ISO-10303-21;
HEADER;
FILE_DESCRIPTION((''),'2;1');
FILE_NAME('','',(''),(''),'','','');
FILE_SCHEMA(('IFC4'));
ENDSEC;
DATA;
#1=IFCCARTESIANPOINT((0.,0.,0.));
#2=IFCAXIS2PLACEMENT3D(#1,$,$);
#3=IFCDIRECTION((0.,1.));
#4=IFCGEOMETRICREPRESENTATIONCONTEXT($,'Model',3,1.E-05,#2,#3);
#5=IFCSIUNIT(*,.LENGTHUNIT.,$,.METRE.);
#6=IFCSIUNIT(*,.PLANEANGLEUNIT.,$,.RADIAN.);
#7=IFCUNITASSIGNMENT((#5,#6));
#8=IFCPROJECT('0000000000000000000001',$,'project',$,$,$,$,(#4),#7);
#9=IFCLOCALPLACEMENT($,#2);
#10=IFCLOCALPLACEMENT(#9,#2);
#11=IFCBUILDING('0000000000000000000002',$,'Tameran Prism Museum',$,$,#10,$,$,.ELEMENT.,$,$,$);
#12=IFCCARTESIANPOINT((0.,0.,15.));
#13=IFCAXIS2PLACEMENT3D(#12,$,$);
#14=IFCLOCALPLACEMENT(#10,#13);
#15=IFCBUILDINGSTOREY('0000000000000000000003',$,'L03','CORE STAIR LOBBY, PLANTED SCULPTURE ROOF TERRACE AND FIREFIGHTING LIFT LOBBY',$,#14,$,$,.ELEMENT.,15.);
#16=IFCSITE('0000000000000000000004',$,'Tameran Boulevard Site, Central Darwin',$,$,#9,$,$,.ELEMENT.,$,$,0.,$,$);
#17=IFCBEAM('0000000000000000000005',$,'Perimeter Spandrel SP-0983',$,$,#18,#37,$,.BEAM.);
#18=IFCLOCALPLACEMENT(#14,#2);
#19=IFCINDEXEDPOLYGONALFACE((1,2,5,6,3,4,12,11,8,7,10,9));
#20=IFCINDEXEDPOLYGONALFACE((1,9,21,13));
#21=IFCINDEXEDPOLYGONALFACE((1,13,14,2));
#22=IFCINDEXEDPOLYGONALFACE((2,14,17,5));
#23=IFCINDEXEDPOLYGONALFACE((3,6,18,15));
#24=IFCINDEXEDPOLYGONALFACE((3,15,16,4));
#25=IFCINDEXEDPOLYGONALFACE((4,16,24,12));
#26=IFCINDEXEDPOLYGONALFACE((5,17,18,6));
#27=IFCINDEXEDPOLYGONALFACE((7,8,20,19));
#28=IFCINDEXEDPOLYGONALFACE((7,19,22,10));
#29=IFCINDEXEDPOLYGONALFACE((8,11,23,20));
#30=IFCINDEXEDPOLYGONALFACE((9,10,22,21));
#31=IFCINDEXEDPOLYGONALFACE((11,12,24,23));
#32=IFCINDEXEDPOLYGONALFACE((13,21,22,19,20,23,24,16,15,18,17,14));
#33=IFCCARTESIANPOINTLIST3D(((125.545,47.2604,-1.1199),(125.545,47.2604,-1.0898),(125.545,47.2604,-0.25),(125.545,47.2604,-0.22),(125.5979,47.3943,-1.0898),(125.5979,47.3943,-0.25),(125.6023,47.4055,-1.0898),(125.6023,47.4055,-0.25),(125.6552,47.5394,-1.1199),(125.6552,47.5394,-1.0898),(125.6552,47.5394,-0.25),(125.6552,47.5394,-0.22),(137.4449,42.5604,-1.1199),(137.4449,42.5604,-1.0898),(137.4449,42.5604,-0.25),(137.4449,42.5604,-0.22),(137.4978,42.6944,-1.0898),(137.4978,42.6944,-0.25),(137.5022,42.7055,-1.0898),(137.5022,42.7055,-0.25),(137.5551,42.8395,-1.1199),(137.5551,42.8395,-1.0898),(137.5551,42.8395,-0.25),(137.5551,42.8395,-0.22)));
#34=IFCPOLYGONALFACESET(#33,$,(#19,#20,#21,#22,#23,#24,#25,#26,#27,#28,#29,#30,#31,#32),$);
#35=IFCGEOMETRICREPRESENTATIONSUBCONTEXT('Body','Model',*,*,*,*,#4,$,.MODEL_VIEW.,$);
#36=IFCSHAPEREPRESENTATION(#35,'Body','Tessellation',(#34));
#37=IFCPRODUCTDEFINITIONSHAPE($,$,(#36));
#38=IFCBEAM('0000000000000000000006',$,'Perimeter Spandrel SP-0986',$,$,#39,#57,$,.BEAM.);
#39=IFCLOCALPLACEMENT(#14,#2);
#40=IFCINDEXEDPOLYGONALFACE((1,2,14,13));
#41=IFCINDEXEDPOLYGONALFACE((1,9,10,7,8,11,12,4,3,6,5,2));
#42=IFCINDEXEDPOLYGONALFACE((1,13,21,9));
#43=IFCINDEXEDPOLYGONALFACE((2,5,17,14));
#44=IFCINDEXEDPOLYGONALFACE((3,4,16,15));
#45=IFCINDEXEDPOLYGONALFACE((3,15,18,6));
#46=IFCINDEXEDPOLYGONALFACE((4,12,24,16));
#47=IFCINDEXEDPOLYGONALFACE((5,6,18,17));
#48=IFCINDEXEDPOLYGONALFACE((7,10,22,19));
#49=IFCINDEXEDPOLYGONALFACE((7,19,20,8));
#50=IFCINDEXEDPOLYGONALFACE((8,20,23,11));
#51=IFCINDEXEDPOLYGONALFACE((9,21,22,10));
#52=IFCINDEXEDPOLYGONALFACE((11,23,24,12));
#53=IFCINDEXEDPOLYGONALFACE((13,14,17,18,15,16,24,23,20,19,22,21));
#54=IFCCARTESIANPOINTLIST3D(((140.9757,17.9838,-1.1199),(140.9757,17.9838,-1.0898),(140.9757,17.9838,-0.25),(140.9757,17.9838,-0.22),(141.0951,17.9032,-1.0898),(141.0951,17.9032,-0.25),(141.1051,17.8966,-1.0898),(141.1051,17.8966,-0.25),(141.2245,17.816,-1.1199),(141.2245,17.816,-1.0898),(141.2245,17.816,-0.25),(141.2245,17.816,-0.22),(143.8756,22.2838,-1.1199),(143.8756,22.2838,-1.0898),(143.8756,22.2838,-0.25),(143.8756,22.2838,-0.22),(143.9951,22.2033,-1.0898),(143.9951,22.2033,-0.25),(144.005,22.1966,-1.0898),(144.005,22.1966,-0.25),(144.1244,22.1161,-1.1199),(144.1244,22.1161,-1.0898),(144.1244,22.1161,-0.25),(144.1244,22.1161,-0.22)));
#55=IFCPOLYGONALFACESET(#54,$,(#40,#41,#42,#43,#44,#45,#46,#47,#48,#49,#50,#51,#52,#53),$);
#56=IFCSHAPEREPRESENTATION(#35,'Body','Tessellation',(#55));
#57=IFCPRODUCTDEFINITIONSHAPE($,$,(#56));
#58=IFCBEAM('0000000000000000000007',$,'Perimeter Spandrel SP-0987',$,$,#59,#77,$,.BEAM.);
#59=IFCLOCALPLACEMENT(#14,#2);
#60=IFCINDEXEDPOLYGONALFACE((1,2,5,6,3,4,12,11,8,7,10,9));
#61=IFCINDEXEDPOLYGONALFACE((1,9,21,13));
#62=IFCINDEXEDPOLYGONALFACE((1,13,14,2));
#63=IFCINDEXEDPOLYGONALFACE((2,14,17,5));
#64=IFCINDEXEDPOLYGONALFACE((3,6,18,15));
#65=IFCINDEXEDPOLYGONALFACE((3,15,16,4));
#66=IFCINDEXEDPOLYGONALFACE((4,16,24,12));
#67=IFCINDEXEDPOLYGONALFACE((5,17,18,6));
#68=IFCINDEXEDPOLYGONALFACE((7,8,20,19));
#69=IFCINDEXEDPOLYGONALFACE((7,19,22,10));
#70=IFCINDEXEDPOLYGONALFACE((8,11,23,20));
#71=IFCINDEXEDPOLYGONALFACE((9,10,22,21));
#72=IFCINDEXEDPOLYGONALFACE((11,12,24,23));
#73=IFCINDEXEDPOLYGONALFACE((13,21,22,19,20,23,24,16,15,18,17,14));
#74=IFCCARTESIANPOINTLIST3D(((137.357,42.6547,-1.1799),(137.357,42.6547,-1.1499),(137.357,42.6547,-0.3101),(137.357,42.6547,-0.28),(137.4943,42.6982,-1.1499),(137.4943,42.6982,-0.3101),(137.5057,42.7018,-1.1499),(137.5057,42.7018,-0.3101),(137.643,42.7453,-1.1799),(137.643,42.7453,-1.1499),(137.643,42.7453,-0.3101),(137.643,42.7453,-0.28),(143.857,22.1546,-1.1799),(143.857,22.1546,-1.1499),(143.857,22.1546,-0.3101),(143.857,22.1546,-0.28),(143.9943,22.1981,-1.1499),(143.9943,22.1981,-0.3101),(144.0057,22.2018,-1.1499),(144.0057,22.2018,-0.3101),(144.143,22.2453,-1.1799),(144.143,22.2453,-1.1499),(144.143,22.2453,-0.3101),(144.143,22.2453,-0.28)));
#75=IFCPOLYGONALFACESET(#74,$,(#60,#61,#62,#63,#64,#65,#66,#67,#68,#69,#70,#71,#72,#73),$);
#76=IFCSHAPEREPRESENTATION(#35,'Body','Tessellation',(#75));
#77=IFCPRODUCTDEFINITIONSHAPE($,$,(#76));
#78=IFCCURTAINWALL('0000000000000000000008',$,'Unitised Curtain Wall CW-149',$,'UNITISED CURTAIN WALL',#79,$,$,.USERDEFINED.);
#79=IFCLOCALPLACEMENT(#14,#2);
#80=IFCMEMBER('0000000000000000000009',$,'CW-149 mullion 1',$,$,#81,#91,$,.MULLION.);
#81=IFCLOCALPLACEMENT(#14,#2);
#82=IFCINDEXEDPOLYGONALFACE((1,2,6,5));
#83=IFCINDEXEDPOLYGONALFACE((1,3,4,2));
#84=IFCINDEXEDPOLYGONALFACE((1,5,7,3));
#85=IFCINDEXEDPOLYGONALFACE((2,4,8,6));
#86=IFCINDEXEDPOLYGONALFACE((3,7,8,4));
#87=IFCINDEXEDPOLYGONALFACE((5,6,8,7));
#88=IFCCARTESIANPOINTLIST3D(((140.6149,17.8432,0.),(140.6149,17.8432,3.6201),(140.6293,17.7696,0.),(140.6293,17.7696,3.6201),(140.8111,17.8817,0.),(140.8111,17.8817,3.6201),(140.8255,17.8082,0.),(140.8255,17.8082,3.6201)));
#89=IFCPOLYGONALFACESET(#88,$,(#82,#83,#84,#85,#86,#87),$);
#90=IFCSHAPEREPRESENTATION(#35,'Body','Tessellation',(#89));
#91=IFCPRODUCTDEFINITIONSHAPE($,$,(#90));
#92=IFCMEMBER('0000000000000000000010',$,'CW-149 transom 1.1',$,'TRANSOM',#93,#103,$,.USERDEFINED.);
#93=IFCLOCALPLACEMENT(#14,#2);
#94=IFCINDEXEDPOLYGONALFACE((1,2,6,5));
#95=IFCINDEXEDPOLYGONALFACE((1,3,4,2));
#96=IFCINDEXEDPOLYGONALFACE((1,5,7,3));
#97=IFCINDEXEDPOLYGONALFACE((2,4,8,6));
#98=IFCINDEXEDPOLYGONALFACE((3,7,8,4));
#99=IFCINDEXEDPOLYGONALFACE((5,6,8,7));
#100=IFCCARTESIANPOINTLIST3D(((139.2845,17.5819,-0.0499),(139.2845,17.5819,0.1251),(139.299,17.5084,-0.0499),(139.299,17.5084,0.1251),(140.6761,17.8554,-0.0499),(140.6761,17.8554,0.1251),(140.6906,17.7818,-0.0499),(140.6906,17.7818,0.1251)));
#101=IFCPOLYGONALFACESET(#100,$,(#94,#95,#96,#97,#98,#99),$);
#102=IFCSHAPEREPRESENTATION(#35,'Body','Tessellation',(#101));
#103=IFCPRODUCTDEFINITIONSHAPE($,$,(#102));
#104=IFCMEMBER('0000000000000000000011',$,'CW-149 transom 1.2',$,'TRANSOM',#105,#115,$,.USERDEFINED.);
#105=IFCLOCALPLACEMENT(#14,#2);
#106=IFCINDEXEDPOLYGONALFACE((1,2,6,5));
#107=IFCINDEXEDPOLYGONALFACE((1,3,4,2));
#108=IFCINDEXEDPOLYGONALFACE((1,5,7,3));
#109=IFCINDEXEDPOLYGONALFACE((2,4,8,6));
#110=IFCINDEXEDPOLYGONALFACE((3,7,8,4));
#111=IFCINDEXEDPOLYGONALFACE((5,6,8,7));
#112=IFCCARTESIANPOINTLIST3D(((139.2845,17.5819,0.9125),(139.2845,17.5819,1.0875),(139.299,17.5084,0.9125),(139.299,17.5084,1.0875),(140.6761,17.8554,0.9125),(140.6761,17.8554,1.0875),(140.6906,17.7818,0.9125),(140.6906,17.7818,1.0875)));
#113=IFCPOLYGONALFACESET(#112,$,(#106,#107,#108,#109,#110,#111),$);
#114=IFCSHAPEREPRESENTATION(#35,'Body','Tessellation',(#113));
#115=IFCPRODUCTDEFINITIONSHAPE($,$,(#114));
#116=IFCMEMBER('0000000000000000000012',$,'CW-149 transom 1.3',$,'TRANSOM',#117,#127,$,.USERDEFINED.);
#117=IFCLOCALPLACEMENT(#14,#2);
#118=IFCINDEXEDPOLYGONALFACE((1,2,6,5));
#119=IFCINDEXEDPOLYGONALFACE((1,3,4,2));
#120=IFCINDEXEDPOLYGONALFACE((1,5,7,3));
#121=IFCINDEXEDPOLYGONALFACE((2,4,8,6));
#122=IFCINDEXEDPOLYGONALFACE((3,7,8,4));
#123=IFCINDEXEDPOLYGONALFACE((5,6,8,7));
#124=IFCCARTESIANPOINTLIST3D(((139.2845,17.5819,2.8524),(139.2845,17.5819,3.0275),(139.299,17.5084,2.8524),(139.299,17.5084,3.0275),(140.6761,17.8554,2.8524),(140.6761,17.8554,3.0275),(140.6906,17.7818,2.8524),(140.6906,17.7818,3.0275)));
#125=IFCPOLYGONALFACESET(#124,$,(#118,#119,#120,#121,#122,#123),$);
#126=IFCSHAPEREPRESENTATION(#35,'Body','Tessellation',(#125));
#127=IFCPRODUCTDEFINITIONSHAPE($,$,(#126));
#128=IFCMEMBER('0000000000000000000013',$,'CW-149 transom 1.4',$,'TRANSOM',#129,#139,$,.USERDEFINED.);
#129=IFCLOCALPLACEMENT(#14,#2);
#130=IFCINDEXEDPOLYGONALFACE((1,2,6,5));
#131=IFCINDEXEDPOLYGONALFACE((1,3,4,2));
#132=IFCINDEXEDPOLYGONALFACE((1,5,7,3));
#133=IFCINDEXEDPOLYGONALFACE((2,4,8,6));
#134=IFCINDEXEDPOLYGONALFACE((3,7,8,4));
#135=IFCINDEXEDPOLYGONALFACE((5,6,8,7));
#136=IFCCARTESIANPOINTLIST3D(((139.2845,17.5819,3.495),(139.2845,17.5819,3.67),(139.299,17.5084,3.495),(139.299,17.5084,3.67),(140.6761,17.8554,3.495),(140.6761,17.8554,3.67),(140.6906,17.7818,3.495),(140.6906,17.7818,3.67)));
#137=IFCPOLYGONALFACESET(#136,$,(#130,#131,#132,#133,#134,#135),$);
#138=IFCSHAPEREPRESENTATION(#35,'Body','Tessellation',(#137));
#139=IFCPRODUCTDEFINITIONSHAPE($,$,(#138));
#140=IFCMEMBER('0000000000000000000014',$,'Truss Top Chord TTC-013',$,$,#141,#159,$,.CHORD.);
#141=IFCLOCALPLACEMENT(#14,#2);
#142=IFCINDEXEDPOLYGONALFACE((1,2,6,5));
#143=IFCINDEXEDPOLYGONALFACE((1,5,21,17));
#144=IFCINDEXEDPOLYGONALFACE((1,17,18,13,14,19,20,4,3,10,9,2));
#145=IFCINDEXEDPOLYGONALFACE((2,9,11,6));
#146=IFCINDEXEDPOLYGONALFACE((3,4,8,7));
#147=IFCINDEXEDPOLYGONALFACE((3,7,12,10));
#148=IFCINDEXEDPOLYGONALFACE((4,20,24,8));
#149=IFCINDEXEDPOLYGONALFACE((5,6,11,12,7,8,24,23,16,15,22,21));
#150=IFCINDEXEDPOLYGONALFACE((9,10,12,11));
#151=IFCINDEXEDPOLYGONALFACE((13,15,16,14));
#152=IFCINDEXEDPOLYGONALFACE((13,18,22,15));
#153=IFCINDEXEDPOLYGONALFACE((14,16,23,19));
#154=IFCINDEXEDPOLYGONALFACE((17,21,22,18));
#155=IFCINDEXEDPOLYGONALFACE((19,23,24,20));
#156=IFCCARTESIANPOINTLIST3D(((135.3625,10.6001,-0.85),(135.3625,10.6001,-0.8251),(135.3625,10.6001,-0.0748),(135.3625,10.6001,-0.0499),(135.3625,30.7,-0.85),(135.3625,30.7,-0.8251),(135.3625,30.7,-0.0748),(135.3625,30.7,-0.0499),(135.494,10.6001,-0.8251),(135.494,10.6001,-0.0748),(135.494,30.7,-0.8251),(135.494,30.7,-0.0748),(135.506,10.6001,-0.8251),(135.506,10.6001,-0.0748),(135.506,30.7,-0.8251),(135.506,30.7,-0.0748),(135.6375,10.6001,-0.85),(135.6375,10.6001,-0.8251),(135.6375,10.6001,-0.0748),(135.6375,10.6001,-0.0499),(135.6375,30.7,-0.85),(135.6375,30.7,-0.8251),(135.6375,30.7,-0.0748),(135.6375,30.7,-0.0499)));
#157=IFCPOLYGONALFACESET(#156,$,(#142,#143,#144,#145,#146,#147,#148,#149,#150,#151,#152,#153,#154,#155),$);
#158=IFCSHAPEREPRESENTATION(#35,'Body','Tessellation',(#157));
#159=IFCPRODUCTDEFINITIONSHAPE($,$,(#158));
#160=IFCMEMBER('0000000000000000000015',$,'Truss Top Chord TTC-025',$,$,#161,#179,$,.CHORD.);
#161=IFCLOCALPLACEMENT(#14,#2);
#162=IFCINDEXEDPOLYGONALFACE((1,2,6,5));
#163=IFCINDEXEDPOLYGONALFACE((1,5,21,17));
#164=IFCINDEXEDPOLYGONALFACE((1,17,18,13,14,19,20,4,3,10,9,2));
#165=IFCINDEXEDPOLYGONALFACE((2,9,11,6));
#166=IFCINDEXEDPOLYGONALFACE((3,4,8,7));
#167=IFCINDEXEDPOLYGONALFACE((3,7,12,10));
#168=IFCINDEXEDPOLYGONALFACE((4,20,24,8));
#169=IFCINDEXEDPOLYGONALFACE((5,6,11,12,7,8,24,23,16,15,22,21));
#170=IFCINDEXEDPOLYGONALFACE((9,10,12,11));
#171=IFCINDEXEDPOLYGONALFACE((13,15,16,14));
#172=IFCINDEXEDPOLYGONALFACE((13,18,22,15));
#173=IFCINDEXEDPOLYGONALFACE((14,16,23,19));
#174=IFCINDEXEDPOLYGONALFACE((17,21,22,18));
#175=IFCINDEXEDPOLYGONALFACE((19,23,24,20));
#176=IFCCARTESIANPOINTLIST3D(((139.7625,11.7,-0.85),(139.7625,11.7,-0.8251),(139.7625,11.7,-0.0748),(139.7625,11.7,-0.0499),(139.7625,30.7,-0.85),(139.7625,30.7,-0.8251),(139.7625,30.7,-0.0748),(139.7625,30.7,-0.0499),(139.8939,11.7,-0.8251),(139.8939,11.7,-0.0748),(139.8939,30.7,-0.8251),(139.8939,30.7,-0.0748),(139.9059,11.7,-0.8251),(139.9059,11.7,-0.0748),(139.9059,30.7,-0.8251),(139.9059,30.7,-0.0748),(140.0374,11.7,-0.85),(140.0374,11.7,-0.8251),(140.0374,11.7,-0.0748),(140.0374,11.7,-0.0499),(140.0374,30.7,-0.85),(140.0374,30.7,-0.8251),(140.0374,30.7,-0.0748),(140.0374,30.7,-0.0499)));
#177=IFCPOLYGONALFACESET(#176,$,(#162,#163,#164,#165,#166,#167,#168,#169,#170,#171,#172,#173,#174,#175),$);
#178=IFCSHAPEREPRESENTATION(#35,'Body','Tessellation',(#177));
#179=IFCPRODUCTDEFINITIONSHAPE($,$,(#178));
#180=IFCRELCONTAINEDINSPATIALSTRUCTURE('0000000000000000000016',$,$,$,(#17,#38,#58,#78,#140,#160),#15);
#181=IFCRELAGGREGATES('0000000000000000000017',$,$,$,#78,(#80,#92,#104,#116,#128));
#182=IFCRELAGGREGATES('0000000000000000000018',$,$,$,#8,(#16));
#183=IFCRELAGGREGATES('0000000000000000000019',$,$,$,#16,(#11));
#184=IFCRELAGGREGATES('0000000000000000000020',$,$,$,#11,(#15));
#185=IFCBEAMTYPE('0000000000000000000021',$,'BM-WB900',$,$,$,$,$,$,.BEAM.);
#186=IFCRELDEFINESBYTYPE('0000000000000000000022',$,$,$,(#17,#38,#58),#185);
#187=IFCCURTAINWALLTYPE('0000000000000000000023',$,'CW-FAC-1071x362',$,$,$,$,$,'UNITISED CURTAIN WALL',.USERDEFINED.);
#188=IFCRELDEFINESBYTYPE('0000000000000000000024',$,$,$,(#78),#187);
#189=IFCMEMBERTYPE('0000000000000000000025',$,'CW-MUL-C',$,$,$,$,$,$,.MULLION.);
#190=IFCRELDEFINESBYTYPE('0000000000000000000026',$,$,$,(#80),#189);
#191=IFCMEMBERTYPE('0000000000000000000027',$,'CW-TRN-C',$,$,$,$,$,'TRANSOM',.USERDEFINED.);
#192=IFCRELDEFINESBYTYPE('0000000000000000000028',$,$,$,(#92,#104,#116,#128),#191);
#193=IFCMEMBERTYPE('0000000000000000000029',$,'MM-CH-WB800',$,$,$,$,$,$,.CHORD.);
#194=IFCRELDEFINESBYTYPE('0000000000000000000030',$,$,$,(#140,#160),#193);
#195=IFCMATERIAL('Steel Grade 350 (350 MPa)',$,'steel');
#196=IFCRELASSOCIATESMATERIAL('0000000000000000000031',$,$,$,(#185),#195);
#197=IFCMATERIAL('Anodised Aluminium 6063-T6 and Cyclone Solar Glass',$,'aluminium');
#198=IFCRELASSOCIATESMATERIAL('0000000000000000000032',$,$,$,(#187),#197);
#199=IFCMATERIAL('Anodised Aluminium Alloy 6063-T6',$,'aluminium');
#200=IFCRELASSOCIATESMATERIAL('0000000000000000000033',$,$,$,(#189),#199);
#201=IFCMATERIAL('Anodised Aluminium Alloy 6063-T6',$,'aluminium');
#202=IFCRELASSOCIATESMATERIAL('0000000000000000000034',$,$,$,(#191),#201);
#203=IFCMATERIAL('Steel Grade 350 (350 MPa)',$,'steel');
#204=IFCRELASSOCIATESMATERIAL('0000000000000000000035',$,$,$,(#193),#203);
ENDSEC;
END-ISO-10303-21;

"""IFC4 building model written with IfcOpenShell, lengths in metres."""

from ifc_helpers import new_model, si_unit, direction, frame, origin, origin_2d, place, context, subcontext, project, spatial, rectangle, i_section, extrude, material, material_profile, profile_set, type_object, element, aggregate, save


model = new_model("IFC4")

# Units and contexts
model_context = context("Model", 3, precision=1e-05, world=origin(), true_north=direction((0.0, 1.0)))
body_context = subcontext(model_context, "Body", "Model", "MODEL_VIEW")
ifc_project = project(units=[si_unit("LENGTHUNIT", "METRE"), si_unit("PLANEANGLEUNIT", "RADIAN")], contexts=[model_context])

# Site, building, storey
site_placement = place(None, origin())
site = spatial("IfcSite", under=ifc_project, at=site_placement, Name="Tameran Boulevard Site, Central Darwin", CompositionType="ELEMENT", RefElevation=0.0)
building_placement = place(site_placement, origin())
building = spatial("IfcBuilding", under=site, at=building_placement, Name="Tameran Prism Museum", CompositionType="ELEMENT")
storey_placement = place(building_placement, frame((0.0, 0.0, 15.0)))
storey = spatial("IfcBuildingStorey", under=building, at=storey_placement, Name="L03", Description="CORE STAIR LOBBY, PLANTED SCULPTURE ROOF TERRACE AND FIREFIGHTING LIFT LOBBY", CompositionType="ELEMENT", Elevation=15.0)

# Beams
ifc_material_1 = material(Name="Steel Grade 350 (350 MPa)", Category="steel")
ifc_material_profile_1 = material_profile(ifc_material_1, i_section(OverallWidth=0.3, OverallDepth=0.8999, WebThickness=0.012, FlangeThickness=0.03, at=origin_2d()))
ifc_profile_set_1 = profile_set([ifc_material_profile_1])
beam_type_1 = type_object("IfcBeamType", Name="BM-WB900", PredefinedType="BEAM", material=ifc_profile_set_1)
beam_1_placement = place(storey_placement, frame((137.5, 42.7, -0.6699), z_axis=(-0.930085, 0.367344, 0.0), x_axis=(-0.367344, -0.930085, 0.0)))
element("IfcBeam", 1, at=beam_1_placement, inside=storey, type_object=beam_type_1, Name="Perimeter Spandrel SP-0983", PredefinedType="BEAM", context=body_context, shape_type="SweptSolid", body=[
    extrude(i_section(OverallWidth=0.3, OverallDepth=0.8999, WebThickness=0.012, FlangeThickness=0.03, at=origin_2d()), origin(), (0.0, 0.0, 1.0), 12.7944),
])
beam_2_placement = place(storey_placement, frame((141.1001, 17.8999, -0.6699), z_axis=(0.559124, 0.829084, 0.0), x_axis=(-0.829084, 0.559124, 0.0)))
element("IfcBeam", 2, at=beam_2_placement, inside=storey, type_object=beam_type_1, Name="Perimeter Spandrel SP-0986", PredefinedType="BEAM", context=body_context, shape_type="SweptSolid", body=[
    extrude(i_section(OverallWidth=0.3, OverallDepth=0.8999, WebThickness=0.012, FlangeThickness=0.03, at=origin_2d()), origin(), (0.0, 0.0, 1.0), 5.1865),
])
beam_3_placement = place(storey_placement, frame((144.0, 22.2, -0.73), z_axis=(-0.302244, 0.953231, 0.0), x_axis=(-0.953231, -0.302244, 0.0)))
element("IfcBeam", 3, at=beam_3_placement, inside=storey, type_object=beam_type_1, Name="Perimeter Spandrel SP-0987", PredefinedType="BEAM", context=body_context, shape_type="SweptSolid", body=[
    extrude(i_section(OverallWidth=0.3, OverallDepth=0.8999, WebThickness=0.012, FlangeThickness=0.03, at=origin_2d()), origin(), (0.0, 0.0, 1.0), 21.5059),
])

# Curtain wall, members
ifc_material_2 = material(Name="Anodised Aluminium 6063-T6 and Cyclone Solar Glass", Category="aluminium")
curtain_wall_type = type_object("IfcCurtainWallType", Name="CW-FAC-1071x362", ElementType="UNITISED CURTAIN WALL", PredefinedType="USERDEFINED", material=ifc_material_2)
curtain_wall_placement = place(storey_placement, origin())
curtain_wall = element("IfcCurtainWall", 4, at=curtain_wall_placement, inside=storey, type_object=curtain_wall_type, Name="Unitised Curtain Wall CW-149", ObjectType="UNITISED CURTAIN WALL", PredefinedType="USERDEFINED")
ifc_material_3 = material(Name="Anodised Aluminium Alloy 6063-T6", Category="aluminium")
ifc_material_profile_2 = material_profile(ifc_material_3, rectangle(XDim=0.075, YDim=0.2, at=origin_2d()))
ifc_profile_set_2 = profile_set([ifc_material_profile_2])
member_type_1 = type_object("IfcMemberType", Name="CW-MUL-C", PredefinedType="MULLION", material=ifc_profile_set_2)
member_1_placement = place(storey_placement, frame((140.7202, 17.8257, 0.0), z_axis=(0.0, 0.0, 1.0), x_axis=(0.192813, -0.981236, 0.0)))
member_1 = element("IfcMember", 5, at=member_1_placement, type_object=member_type_1, Name="CW-149 mullion 1", PredefinedType="MULLION", context=body_context, shape_type="SweptSolid", body=[
    extrude(rectangle(XDim=0.075, YDim=0.2, at=origin_2d()), origin(), (0.0, 0.0, 1.0), 3.6201),
])
ifc_material_4 = material(Name="Anodised Aluminium Alloy 6063-T6", Category="aluminium")
ifc_material_profile_3 = material_profile(ifc_material_4, rectangle(XDim=0.075, YDim=0.175, at=origin_2d()))
ifc_profile_set_3 = profile_set([ifc_material_profile_3])
member_type_2 = type_object("IfcMemberType", Name="CW-TRN-C", ElementType="TRANSOM", PredefinedType="USERDEFINED", material=ifc_profile_set_3)
member_2_placement = place(storey_placement, frame((140.6833, 17.8186, 0.0376), z_axis=(-0.981237, -0.192805, 0.0), x_axis=(0.192805, -0.981237, 0.0)))
member_2 = element("IfcMember", 6, at=member_2_placement, type_object=member_type_2, Name="CW-149 transom 1.1", ObjectType="TRANSOM", PredefinedType="USERDEFINED", context=body_context, shape_type="SweptSolid", body=[
    extrude(rectangle(XDim=0.075, YDim=0.175, at=origin_2d()), origin(), (0.0, 0.0, 1.0), 1.4182),
])
member_3_placement = place(storey_placement, frame((140.6833, 17.8186, 1.0), z_axis=(-0.981237, -0.192805, 0.0), x_axis=(0.192805, -0.981237, 0.0)))
member_3 = element("IfcMember", 7, at=member_3_placement, type_object=member_type_2, Name="CW-149 transom 1.2", ObjectType="TRANSOM", PredefinedType="USERDEFINED", context=body_context, shape_type="SweptSolid", body=[
    extrude(rectangle(XDim=0.075, YDim=0.175, at=origin_2d()), origin(), (0.0, 0.0, 1.0), 1.4182),
])
member_4_placement = place(storey_placement, frame((140.6833, 17.8186, 2.9399), z_axis=(-0.981237, -0.192805, 0.0), x_axis=(0.192805, -0.981237, 0.0)))
member_4 = element("IfcMember", 8, at=member_4_placement, type_object=member_type_2, Name="CW-149 transom 1.3", ObjectType="TRANSOM", PredefinedType="USERDEFINED", context=body_context, shape_type="SweptSolid", body=[
    extrude(rectangle(XDim=0.075, YDim=0.175, at=origin_2d()), origin(), (0.0, 0.0, 1.0), 1.4182),
])
member_5_placement = place(storey_placement, frame((140.6833, 17.8186, 3.5825), z_axis=(-0.981237, -0.192805, 0.0), x_axis=(0.192805, -0.981237, 0.0)))
member_5 = element("IfcMember", 9, at=member_5_placement, type_object=member_type_2, Name="CW-149 transom 1.4", ObjectType="TRANSOM", PredefinedType="USERDEFINED", context=body_context, shape_type="SweptSolid", body=[
    extrude(rectangle(XDim=0.075, YDim=0.175, at=origin_2d()), origin(), (0.0, 0.0, 1.0), 1.4182),
])

# Members
ifc_material_5 = material(Name="Steel Grade 350 (350 MPa)", Category="steel")
ifc_material_profile_4 = material_profile(ifc_material_5, i_section(OverallWidth=0.2749, OverallDepth=0.8, WebThickness=0.012, FlangeThickness=0.0249, at=origin_2d()))
ifc_profile_set_4 = profile_set([ifc_material_profile_4])
member_type_3 = type_object("IfcMemberType", Name="MM-CH-WB800", PredefinedType="CHORD", material=ifc_profile_set_4)
member_6_placement = place(storey_placement, frame((135.5, 30.7, -0.45), z_axis=(0.0, -1.0, 0.0), x_axis=(1.0, 0.0, 0.0)))
element("IfcMember", 10, at=member_6_placement, inside=storey, type_object=member_type_3, Name="Truss Top Chord TTC-013", PredefinedType="CHORD", context=body_context, shape_type="SweptSolid", body=[
    extrude(i_section(OverallWidth=0.2749, OverallDepth=0.8, WebThickness=0.012, FlangeThickness=0.0249, at=origin_2d()), origin(), (0.0, 0.0, 1.0), 20.0999),
])
member_7_placement = place(storey_placement, frame((139.8999, 30.7, -0.45), z_axis=(0.0, -1.0, 0.0), x_axis=(1.0, 0.0, 0.0)))
element("IfcMember", 11, at=member_7_placement, inside=storey, type_object=member_type_3, Name="Truss Top Chord TTC-025", PredefinedType="CHORD", context=body_context, shape_type="SweptSolid", body=[
    extrude(i_section(OverallWidth=0.2749, OverallDepth=0.8, WebThickness=0.012, FlangeThickness=0.0249, at=origin_2d()), origin(), (0.0, 0.0, 1.0), 19.0),
])

aggregate(curtain_wall, [member_1, member_2, member_3, member_4, member_5])

save(model, "model.ifc")
